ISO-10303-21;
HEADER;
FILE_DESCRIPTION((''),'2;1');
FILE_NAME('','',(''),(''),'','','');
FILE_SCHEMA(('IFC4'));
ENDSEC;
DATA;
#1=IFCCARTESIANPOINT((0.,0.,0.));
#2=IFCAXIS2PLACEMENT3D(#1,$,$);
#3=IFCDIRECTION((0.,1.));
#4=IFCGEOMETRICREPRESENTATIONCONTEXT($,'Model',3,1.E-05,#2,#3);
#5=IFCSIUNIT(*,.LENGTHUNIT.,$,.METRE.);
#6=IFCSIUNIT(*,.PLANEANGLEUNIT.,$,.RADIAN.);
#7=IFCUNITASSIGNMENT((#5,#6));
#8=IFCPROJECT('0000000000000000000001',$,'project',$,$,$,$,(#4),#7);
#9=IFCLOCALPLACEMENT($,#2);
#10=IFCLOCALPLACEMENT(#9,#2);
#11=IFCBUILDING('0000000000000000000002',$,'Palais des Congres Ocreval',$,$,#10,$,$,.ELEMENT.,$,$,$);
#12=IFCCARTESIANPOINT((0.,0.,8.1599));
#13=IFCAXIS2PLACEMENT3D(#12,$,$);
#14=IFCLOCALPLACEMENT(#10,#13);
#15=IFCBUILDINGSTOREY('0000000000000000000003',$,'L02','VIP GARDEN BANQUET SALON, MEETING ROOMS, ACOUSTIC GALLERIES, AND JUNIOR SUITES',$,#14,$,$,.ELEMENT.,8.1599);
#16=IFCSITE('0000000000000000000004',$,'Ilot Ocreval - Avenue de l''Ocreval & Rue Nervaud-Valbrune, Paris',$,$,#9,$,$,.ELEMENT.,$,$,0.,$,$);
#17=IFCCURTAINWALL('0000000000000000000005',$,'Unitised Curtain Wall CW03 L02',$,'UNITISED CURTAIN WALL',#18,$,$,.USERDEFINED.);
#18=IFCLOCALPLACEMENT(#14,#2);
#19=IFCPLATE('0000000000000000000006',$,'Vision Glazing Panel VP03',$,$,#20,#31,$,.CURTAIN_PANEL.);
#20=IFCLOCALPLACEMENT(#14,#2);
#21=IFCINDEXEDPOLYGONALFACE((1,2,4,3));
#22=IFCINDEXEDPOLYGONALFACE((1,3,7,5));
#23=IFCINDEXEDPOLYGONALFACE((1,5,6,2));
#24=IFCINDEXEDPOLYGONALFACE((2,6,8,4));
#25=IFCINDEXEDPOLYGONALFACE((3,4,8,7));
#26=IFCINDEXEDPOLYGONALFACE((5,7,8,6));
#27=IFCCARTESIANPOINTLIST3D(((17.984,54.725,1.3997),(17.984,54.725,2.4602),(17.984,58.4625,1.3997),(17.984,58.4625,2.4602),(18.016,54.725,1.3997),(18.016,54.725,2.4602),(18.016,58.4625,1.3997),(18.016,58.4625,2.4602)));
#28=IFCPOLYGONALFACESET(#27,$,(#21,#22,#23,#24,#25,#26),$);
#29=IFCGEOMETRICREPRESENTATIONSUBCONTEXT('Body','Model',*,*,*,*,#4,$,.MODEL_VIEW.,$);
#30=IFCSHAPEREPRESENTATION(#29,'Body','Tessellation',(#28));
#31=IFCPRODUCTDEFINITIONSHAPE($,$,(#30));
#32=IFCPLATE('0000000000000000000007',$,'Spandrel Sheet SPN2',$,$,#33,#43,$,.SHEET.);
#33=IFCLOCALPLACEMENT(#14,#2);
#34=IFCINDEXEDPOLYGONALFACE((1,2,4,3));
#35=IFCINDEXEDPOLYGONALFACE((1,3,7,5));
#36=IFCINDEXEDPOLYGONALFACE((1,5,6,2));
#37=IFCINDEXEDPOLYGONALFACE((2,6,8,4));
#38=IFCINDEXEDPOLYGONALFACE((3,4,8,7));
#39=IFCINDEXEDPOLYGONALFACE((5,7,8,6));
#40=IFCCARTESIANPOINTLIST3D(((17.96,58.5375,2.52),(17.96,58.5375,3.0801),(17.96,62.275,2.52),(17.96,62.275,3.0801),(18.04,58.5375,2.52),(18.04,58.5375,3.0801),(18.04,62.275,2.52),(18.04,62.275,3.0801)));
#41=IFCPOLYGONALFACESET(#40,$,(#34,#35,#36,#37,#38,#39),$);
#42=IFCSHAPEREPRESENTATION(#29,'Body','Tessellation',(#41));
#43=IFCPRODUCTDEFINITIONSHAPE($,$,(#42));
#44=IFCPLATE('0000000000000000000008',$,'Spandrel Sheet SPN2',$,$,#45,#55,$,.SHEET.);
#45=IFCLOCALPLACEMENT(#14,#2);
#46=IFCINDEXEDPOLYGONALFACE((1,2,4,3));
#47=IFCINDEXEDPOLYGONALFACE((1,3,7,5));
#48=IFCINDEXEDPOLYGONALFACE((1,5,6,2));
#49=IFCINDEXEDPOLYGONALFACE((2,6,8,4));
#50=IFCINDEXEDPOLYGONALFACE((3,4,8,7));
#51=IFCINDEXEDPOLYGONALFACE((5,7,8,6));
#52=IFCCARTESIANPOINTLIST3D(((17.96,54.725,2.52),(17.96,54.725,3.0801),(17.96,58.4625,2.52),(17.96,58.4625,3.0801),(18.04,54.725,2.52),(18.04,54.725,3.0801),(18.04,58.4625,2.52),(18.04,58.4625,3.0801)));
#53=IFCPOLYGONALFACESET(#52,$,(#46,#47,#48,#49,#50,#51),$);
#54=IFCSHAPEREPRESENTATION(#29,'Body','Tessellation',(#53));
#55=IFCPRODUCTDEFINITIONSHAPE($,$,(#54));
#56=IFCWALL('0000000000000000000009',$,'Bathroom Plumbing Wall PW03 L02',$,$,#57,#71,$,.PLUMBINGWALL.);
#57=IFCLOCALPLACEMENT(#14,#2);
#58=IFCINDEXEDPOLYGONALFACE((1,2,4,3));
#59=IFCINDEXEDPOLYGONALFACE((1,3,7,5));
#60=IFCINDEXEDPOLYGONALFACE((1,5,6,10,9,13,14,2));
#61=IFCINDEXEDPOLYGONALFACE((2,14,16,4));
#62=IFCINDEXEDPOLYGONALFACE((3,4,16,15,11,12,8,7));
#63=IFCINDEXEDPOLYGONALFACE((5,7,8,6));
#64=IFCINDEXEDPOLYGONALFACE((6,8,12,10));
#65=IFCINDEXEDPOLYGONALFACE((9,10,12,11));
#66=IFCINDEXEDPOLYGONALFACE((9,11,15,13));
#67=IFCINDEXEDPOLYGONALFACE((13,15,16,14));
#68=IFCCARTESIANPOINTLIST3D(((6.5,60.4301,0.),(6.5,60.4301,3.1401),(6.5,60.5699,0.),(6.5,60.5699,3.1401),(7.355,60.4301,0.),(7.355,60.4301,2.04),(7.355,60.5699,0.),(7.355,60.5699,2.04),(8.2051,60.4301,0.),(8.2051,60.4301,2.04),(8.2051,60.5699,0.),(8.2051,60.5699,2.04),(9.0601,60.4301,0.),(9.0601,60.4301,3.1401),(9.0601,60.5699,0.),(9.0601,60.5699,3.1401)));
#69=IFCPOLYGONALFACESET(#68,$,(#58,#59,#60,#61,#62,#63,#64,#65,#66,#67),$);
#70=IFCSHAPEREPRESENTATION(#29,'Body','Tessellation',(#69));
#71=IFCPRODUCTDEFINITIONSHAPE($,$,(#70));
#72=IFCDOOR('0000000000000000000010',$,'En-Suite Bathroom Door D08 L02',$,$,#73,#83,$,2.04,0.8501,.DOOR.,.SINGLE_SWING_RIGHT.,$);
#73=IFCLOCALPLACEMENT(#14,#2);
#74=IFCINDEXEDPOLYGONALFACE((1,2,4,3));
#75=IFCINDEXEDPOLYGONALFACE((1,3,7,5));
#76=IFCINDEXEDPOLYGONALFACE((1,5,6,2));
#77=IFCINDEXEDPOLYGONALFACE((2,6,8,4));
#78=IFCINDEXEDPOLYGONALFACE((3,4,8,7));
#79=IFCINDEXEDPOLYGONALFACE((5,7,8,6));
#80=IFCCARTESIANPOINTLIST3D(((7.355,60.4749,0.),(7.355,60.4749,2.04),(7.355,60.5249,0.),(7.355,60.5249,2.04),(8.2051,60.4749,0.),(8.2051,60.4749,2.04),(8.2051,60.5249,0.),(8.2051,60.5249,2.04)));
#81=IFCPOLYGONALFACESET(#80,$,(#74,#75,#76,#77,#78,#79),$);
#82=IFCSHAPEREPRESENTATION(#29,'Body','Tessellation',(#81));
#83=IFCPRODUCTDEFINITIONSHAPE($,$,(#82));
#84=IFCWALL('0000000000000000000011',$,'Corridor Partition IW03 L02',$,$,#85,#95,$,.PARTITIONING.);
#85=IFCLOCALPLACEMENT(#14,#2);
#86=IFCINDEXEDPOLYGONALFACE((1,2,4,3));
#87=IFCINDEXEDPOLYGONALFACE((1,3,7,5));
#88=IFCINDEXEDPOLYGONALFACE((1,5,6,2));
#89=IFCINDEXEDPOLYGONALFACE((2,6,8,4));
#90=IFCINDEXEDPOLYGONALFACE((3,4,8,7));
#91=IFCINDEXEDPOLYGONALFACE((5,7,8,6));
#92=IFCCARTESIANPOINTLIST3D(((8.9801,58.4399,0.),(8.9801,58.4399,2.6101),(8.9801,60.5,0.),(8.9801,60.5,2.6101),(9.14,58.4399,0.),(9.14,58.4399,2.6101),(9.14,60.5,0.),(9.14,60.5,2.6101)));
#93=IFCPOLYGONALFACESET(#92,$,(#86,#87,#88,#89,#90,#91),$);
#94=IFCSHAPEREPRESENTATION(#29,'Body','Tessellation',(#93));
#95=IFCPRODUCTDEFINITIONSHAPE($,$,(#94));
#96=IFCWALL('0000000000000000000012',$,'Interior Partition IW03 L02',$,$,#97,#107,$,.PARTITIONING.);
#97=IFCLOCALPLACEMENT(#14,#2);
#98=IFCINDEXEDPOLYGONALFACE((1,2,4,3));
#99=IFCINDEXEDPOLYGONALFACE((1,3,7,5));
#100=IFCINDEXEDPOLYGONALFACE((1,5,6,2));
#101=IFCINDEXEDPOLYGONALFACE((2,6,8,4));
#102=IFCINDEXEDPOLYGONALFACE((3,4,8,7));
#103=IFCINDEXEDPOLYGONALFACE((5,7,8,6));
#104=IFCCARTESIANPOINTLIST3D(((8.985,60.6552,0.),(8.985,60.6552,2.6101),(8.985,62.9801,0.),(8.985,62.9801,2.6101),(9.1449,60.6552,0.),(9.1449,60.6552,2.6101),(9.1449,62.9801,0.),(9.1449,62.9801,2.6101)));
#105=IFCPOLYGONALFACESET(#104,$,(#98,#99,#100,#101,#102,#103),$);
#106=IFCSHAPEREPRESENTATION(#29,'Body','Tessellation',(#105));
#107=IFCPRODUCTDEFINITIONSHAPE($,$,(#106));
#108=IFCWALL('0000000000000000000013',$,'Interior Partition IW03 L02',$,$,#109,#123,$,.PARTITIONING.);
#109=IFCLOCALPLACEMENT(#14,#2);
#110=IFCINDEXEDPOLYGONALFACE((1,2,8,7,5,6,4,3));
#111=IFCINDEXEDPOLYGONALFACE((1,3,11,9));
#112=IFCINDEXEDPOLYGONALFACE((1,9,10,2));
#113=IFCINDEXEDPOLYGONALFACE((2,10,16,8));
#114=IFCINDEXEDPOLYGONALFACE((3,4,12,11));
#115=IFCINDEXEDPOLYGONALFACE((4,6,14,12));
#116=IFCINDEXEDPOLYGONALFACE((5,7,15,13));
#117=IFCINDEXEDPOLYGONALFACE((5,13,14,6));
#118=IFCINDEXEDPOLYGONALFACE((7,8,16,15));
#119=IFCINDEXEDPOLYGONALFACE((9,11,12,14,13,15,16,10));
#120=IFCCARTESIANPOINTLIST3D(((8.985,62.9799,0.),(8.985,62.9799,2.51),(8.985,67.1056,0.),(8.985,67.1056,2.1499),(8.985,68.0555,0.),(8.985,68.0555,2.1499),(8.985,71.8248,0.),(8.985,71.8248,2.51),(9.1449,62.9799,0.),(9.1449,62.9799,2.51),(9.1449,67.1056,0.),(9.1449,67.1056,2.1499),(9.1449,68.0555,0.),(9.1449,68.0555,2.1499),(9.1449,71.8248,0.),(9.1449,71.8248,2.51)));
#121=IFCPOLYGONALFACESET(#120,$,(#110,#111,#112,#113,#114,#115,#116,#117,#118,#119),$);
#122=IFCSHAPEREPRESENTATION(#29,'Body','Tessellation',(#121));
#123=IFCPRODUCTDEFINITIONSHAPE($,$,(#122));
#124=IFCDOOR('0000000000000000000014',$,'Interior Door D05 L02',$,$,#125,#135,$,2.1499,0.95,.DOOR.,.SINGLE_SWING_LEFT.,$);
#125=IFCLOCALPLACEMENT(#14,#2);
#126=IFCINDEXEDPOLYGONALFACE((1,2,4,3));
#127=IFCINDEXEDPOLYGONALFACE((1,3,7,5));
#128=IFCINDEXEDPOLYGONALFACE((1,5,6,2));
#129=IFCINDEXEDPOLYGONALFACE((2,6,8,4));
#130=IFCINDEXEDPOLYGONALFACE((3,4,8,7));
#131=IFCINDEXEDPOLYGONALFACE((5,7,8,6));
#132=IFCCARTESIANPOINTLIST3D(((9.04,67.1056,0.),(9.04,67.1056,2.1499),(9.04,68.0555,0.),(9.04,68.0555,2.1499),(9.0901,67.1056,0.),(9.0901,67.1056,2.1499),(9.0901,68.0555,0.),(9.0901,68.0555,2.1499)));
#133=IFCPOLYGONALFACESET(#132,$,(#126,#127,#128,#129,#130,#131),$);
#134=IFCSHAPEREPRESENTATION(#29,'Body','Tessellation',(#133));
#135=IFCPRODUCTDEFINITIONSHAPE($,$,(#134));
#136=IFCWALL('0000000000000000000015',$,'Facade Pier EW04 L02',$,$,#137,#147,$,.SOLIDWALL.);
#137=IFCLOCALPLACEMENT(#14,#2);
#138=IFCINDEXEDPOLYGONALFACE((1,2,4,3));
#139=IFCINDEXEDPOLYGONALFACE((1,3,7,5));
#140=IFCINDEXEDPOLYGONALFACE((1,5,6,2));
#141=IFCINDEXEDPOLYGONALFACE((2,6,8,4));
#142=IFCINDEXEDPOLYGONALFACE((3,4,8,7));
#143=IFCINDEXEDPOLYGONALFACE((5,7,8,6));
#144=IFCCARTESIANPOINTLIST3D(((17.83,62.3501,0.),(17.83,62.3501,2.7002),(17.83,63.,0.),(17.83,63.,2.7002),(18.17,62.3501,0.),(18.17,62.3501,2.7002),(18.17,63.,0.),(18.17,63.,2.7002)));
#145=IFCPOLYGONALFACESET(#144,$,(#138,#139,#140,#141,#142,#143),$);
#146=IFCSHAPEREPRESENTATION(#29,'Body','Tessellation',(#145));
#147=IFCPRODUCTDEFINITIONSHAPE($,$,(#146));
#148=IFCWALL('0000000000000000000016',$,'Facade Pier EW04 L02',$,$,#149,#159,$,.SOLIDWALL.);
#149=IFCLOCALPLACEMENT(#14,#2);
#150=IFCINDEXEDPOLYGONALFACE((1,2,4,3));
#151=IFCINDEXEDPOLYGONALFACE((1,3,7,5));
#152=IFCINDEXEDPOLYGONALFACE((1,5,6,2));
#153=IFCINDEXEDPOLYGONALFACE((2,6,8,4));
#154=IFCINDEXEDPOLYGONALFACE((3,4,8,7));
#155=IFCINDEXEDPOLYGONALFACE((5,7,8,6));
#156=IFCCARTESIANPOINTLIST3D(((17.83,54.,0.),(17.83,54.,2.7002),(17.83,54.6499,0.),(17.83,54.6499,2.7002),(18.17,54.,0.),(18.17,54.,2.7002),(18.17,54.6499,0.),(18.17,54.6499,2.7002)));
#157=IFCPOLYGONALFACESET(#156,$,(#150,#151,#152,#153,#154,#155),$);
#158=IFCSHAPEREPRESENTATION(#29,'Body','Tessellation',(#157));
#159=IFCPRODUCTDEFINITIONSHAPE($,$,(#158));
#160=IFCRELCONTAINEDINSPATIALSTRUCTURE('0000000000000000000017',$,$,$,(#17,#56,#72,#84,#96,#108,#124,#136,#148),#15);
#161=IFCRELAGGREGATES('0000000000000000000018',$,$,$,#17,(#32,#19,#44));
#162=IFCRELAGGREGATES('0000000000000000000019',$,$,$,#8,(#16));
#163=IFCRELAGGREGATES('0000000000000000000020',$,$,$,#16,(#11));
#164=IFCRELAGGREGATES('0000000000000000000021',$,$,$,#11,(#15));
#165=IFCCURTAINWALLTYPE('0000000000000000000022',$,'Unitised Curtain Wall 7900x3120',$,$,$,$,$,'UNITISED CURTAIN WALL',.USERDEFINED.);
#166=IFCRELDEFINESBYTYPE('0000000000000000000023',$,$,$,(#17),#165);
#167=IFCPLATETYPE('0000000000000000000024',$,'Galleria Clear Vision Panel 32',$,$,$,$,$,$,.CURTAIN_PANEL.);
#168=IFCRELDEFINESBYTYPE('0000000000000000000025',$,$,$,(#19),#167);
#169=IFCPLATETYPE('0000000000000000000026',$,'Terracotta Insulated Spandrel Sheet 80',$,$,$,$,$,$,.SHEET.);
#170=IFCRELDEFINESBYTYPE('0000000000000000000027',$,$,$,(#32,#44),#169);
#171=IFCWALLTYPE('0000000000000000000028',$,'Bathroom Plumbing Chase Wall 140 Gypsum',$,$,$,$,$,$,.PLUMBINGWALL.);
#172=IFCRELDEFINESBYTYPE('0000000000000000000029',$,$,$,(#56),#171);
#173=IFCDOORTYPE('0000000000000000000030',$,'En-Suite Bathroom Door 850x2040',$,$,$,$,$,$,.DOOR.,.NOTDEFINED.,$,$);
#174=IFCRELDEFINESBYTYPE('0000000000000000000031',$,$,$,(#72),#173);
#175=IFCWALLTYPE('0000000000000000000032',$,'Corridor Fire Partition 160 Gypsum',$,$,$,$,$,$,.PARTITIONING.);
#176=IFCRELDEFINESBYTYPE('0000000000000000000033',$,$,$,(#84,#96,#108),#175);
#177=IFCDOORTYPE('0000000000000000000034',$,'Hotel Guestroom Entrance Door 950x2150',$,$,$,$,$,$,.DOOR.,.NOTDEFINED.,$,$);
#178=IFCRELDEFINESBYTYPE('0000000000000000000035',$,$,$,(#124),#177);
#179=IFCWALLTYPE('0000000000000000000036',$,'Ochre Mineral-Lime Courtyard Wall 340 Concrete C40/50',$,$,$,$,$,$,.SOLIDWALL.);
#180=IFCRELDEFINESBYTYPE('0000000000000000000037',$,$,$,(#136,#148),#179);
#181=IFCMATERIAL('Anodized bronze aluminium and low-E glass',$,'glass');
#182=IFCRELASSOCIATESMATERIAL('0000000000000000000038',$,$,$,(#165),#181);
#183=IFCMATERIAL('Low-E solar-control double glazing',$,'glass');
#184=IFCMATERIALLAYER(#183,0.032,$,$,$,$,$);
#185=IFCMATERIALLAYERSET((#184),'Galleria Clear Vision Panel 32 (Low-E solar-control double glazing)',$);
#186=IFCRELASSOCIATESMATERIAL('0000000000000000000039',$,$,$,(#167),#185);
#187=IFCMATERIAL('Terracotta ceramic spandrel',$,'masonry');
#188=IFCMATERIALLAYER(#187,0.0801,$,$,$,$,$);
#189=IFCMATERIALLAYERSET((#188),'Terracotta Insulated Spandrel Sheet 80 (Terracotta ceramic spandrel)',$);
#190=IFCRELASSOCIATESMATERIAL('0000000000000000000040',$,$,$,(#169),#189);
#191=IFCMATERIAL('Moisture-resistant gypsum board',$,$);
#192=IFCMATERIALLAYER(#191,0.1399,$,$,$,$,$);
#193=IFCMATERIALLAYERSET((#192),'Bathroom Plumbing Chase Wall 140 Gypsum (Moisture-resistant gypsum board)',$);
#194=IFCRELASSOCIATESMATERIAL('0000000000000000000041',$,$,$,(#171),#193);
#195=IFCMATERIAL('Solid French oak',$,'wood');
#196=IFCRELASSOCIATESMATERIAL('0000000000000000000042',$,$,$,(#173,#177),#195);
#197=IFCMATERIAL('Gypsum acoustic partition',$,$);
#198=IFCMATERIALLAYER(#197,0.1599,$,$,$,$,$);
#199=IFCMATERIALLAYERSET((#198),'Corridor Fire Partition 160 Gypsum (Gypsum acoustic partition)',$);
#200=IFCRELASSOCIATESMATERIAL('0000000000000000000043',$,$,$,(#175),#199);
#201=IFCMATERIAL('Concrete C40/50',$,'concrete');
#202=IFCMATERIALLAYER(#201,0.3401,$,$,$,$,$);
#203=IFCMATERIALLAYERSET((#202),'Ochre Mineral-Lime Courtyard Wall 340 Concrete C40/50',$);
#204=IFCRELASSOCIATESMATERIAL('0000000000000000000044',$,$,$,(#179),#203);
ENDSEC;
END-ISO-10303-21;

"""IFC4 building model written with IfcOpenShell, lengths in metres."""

from ifc_helpers import new_model, si_unit, direction, frame, frame_2d, origin, origin_2d, place, context, subcontext, project, spatial, rectangle, extrude, material, layer, layer_set, type_object, element, fill, aggregate, save


model = new_model("IFC4")

# Units and contexts
model_context = context("Model", 3, precision=1e-05, world=origin(), true_north=direction((0.0, 1.0)))
body_context = subcontext(model_context, "Body", "Model", "MODEL_VIEW")
ifc_project = project(units=[si_unit("LENGTHUNIT", "METRE"), si_unit("PLANEANGLEUNIT", "RADIAN")], contexts=[model_context])

# Site, building, storey
site_placement = place(None, origin())
site = spatial("IfcSite", under=ifc_project, at=site_placement, Name="Ilot Ocreval - Avenue de l'Ocreval & Rue Nervaud-Valbrune, Paris", CompositionType="ELEMENT", RefElevation=0.0)
building_placement = place(site_placement, origin())
building = spatial("IfcBuilding", under=site, at=building_placement, Name="Palais des Congres Ocreval", CompositionType="ELEMENT")
storey_placement = place(building_placement, frame((0.0, 0.0, 8.1599)))
storey = spatial("IfcBuildingStorey", under=building, at=storey_placement, Name="L02", Description="VIP GARDEN BANQUET SALON, MEETING ROOMS, ACOUSTIC GALLERIES, AND JUNIOR SUITES", CompositionType="ELEMENT", Elevation=8.1599)

# Shared definitions
ifc_material_1 = material(Name="Concrete C40/50", Category="concrete")

# Curtain wall
ifc_material_2 = material(Name="Anodized bronze aluminium and low-E glass", Category="glass")
curtain_wall_type = type_object("IfcCurtainWallType", Name="Unitised Curtain Wall 7900x3120", ElementType="UNITISED CURTAIN WALL", PredefinedType="USERDEFINED", material=ifc_material_2)
curtain_wall_placement = place(storey_placement, origin())
curtain_wall = element("IfcCurtainWall", 1, at=curtain_wall_placement, inside=storey, type_object=curtain_wall_type, Name="Unitised Curtain Wall CW03 L02", ObjectType="UNITISED CURTAIN WALL", PredefinedType="USERDEFINED")

# Plates
ifc_material_3 = material(Name="Low-E solar-control double glazing", Category="glass")
ifc_layer_1 = layer(ifc_material_3, 0.032)
ifc_layer_set_1 = layer_set([ifc_layer_1], Name="Galleria Clear Vision Panel 32 (Low-E solar-control double glazing)")
plate_type_1 = type_object("IfcPlateType", Name="Galleria Clear Vision Panel 32", PredefinedType="CURTAIN_PANEL", material=ifc_layer_set_1)
plate_1_placement = place(storey_placement, frame((18.0, 56.5938, 1.3997), z_axis=(0.0, 0.0, 1.0), x_axis=(0.0, -1.0, 0.0)))
plate_1 = element("IfcPlate", 2, at=plate_1_placement, type_object=plate_type_1, Name="Vision Glazing Panel VP03", PredefinedType="CURTAIN_PANEL", context=body_context, shape_type="SweptSolid", body=[
    extrude(rectangle(XDim=3.7375, YDim=0.032, at=origin_2d()), origin(), (0.0, 0.0, 1.0), 1.0605),
])
ifc_material_4 = material(Name="Terracotta ceramic spandrel", Category="masonry")
ifc_layer_2 = layer(ifc_material_4, 0.0801)
ifc_layer_set_2 = layer_set([ifc_layer_2], Name="Terracotta Insulated Spandrel Sheet 80 (Terracotta ceramic spandrel)")
plate_type_2 = type_object("IfcPlateType", Name="Terracotta Insulated Spandrel Sheet 80", PredefinedType="SHEET", material=ifc_layer_set_2)
plate_2_placement = place(storey_placement, frame((18.0, 60.4062, 2.52), z_axis=(0.0, 0.0, 1.0), x_axis=(0.0, -1.0, 0.0)))
plate_2 = element("IfcPlate", 3, at=plate_2_placement, type_object=plate_type_2, Name="Spandrel Sheet SPN2", PredefinedType="SHEET", context=body_context, shape_type="SweptSolid", body=[
    extrude(rectangle(XDim=3.7375, YDim=0.0801, at=origin_2d()), origin(), (0.0, 0.0, 1.0), 0.5601),
])
plate_3_placement = place(storey_placement, frame((18.0, 56.5938, 2.52), z_axis=(0.0, 0.0, 1.0), x_axis=(0.0, -1.0, 0.0)))
plate_3 = element("IfcPlate", 4, at=plate_3_placement, type_object=plate_type_2, Name="Spandrel Sheet SPN2", PredefinedType="SHEET", context=body_context, shape_type="SweptSolid", body=[
    extrude(rectangle(XDim=3.7375, YDim=0.0801, at=origin_2d()), origin(), (0.0, 0.0, 1.0), 0.5601),
])
aggregate(curtain_wall, [plate_2, plate_1, plate_3])

# Wall, opening, door
ifc_material_5 = material(Name="Moisture-resistant gypsum board")
ifc_layer_3 = layer(ifc_material_5, 0.1399)
ifc_layer_set_3 = layer_set([ifc_layer_3], Name="Bathroom Plumbing Chase Wall 140 Gypsum (Moisture-resistant gypsum board)")
wall_type_1 = type_object("IfcWallType", Name="Bathroom Plumbing Chase Wall 140 Gypsum", PredefinedType="PLUMBINGWALL", material=ifc_layer_set_3)
wall_1_placement = place(storey_placement, frame((6.5, 60.5, 0.0), z_axis=(0.0, 0.0, 1.0), x_axis=(1.0, 0.0, 0.0)))
wall_1 = element("IfcWall", 5, at=wall_1_placement, inside=storey, type_object=wall_type_1, Name="Bathroom Plumbing Wall PW03 L02", PredefinedType="PLUMBINGWALL", context=body_context, shape_type="SweptSolid", body=[
    extrude(rectangle(XDim=2.5601, YDim=0.1399, at=frame_2d((1.28, 0.0))), origin(), (0.0, 0.0, 1.0), 3.1401),
])
opening_1_placement = place(wall_1_placement, frame((0.855, 0.0, 0.0)))
opening_1 = element("IfcOpeningElement", 6, at=opening_1_placement, cuts=wall_1, PredefinedType="OPENING", context=body_context, shape_type="SweptSolid", body=[
    extrude(rectangle(XDim=0.8501, YDim=2.04, at=frame_2d((0.425, 1.02))), frame((0.0, 0.0798, 0.0), z_axis=(0.0, -1.0, 0.0), x_axis=(1.0, 0.0, 0.0)), (0.0, 0.0, 1.0), 0.1599),
])
ifc_material_6 = material(Name="Solid French oak", Category="wood")
door_type_1 = type_object("IfcDoorType", Name="En-Suite Bathroom Door 850x2040", OperationType="NOTDEFINED", PredefinedType="DOOR", material=ifc_material_6)
door_1_placement = place(opening_1_placement, origin())
door_1 = element("IfcDoor", 7, at=door_1_placement, inside=storey, type_object=door_type_1, Name="En-Suite Bathroom Door D08 L02", OperationType="SINGLE_SWING_RIGHT", OverallHeight=2.04, OverallWidth=0.8501, PredefinedType="DOOR", context=body_context, shape_type="SweptSolid", body=[
    extrude(rectangle(XDim=0.8501, YDim=2.04, at=frame_2d((0.425, 1.02))), frame((0.0, 0.0249, 0.0), z_axis=(0.0, -1.0, 0.0), x_axis=(1.0, 0.0, 0.0)), (0.0, 0.0, 1.0), 0.05),
])
fill(opening_1, door_1)

# Walls
ifc_material_7 = material(Name="Gypsum acoustic partition")
ifc_layer_4 = layer(ifc_material_7, 0.1599)
ifc_layer_set_4 = layer_set([ifc_layer_4], Name="Corridor Fire Partition 160 Gypsum (Gypsum acoustic partition)")
wall_type_2 = type_object("IfcWallType", Name="Corridor Fire Partition 160 Gypsum", PredefinedType="PARTITIONING", material=ifc_layer_set_4)
wall_2_placement = place(storey_placement, frame((9.0601, 58.4399, 0.0), z_axis=(0.0, 0.0, 1.0), x_axis=(0.0, 1.0, 0.0)))
element("IfcWall", 8, at=wall_2_placement, inside=storey, type_object=wall_type_2, Name="Corridor Partition IW03 L02", PredefinedType="PARTITIONING", context=body_context, shape_type="SweptSolid", body=[
    extrude(rectangle(XDim=2.0601, YDim=0.1599, at=frame_2d((1.03, 0.0))), origin(), (0.0, 0.0, 1.0), 2.6101),
])
wall_3_placement = place(storey_placement, frame((9.0649, 60.655, 0.0), z_axis=(0.0, 0.0, 1.0), x_axis=(0.0, 1.0, 0.0)))
element("IfcWall", 9, at=wall_3_placement, inside=storey, type_object=wall_type_2, Name="Interior Partition IW03 L02", PredefinedType="PARTITIONING", context=body_context, shape_type="SweptSolid", body=[
    extrude(rectangle(XDim=2.325, YDim=0.1599, at=frame_2d((1.1626, 0.0))), origin(), (0.0, 0.0, 1.0), 2.6101),
])

# Wall, opening, door
wall_4_placement = place(storey_placement, frame((9.0649, 62.98, 0.0), z_axis=(0.0, 0.0, 1.0), x_axis=(0.0, 1.0, 0.0)))
wall_4 = element("IfcWall", 10, at=wall_4_placement, inside=storey, type_object=wall_type_2, Name="Interior Partition IW03 L02", PredefinedType="PARTITIONING", context=body_context, shape_type="SweptSolid", body=[
    extrude(rectangle(XDim=8.845, YDim=0.1599, at=frame_2d((4.4224, 0.0))), origin(), (0.0, 0.0, 1.0), 2.51),
])
opening_2_placement = place(wall_4_placement, frame((4.1255, 0.0, 0.0)))
opening_2 = element("IfcOpeningElement", 11, at=opening_2_placement, cuts=wall_4, PredefinedType="OPENING", context=body_context, shape_type="SweptSolid", body=[
    extrude(rectangle(XDim=0.95, YDim=2.1499, at=frame_2d((0.4751, 1.075))), frame((0.0, 0.0898, 0.0), z_axis=(0.0, -1.0, 0.0), x_axis=(1.0, 0.0, 0.0)), (0.0, 0.0, 1.0), 0.1799),
])
door_type_2 = type_object("IfcDoorType", Name="Hotel Guestroom Entrance Door 950x2150", OperationType="NOTDEFINED", PredefinedType="DOOR", material=ifc_material_6)
door_2_placement = place(opening_2_placement, origin())
door_2 = element("IfcDoor", 12, at=door_2_placement, inside=storey, type_object=door_type_2, Name="Interior Door D05 L02", OperationType="SINGLE_SWING_LEFT", OverallHeight=2.1499, OverallWidth=0.95, PredefinedType="DOOR", context=body_context, shape_type="SweptSolid", body=[
    extrude(rectangle(XDim=0.95, YDim=2.1499, at=frame_2d((0.4751, 1.075))), frame((0.0, 0.0249, 0.0), z_axis=(0.0, -1.0, 0.0), x_axis=(1.0, 0.0, 0.0)), (0.0, 0.0, 1.0), 0.05),
])
fill(opening_2, door_2)

# Walls
ifc_layer_5 = layer(ifc_material_1, 0.3401)
ifc_layer_set_5 = layer_set([ifc_layer_5], Name="Ochre Mineral-Lime Courtyard Wall 340 Concrete C40/50")
wall_type_3 = type_object("IfcWallType", Name="Ochre Mineral-Lime Courtyard Wall 340 Concrete C40/50", PredefinedType="SOLIDWALL", material=ifc_layer_set_5)
for number, where, z_axis, x_axis, name in (
    (13, (18.0, 63.0, 0.0), (0.0, 0.0, 1.0), (0.0, -1.0, 0.0), "Facade Pier EW04 L02"),
    (14, (18.0, 54.6499, 0.0), (0.0, 0.0, 1.0), (0.0, -1.0, 0.0), "Facade Pier EW04 L02"),
):
    element("IfcWall", number, at=place(storey_placement, frame(where, z_axis=z_axis, x_axis=x_axis)), inside=storey, type_object=wall_type_3, Name=name, PredefinedType="SOLIDWALL", context=body_context, shape_type="SweptSolid", body=[
        extrude(rectangle(XDim=0.6499, YDim=0.3401, at=frame_2d((0.325, 0.0))), origin(), (0.0, 0.0, 1.0), 2.7002),
    ])

save(model, "model.ifc")
